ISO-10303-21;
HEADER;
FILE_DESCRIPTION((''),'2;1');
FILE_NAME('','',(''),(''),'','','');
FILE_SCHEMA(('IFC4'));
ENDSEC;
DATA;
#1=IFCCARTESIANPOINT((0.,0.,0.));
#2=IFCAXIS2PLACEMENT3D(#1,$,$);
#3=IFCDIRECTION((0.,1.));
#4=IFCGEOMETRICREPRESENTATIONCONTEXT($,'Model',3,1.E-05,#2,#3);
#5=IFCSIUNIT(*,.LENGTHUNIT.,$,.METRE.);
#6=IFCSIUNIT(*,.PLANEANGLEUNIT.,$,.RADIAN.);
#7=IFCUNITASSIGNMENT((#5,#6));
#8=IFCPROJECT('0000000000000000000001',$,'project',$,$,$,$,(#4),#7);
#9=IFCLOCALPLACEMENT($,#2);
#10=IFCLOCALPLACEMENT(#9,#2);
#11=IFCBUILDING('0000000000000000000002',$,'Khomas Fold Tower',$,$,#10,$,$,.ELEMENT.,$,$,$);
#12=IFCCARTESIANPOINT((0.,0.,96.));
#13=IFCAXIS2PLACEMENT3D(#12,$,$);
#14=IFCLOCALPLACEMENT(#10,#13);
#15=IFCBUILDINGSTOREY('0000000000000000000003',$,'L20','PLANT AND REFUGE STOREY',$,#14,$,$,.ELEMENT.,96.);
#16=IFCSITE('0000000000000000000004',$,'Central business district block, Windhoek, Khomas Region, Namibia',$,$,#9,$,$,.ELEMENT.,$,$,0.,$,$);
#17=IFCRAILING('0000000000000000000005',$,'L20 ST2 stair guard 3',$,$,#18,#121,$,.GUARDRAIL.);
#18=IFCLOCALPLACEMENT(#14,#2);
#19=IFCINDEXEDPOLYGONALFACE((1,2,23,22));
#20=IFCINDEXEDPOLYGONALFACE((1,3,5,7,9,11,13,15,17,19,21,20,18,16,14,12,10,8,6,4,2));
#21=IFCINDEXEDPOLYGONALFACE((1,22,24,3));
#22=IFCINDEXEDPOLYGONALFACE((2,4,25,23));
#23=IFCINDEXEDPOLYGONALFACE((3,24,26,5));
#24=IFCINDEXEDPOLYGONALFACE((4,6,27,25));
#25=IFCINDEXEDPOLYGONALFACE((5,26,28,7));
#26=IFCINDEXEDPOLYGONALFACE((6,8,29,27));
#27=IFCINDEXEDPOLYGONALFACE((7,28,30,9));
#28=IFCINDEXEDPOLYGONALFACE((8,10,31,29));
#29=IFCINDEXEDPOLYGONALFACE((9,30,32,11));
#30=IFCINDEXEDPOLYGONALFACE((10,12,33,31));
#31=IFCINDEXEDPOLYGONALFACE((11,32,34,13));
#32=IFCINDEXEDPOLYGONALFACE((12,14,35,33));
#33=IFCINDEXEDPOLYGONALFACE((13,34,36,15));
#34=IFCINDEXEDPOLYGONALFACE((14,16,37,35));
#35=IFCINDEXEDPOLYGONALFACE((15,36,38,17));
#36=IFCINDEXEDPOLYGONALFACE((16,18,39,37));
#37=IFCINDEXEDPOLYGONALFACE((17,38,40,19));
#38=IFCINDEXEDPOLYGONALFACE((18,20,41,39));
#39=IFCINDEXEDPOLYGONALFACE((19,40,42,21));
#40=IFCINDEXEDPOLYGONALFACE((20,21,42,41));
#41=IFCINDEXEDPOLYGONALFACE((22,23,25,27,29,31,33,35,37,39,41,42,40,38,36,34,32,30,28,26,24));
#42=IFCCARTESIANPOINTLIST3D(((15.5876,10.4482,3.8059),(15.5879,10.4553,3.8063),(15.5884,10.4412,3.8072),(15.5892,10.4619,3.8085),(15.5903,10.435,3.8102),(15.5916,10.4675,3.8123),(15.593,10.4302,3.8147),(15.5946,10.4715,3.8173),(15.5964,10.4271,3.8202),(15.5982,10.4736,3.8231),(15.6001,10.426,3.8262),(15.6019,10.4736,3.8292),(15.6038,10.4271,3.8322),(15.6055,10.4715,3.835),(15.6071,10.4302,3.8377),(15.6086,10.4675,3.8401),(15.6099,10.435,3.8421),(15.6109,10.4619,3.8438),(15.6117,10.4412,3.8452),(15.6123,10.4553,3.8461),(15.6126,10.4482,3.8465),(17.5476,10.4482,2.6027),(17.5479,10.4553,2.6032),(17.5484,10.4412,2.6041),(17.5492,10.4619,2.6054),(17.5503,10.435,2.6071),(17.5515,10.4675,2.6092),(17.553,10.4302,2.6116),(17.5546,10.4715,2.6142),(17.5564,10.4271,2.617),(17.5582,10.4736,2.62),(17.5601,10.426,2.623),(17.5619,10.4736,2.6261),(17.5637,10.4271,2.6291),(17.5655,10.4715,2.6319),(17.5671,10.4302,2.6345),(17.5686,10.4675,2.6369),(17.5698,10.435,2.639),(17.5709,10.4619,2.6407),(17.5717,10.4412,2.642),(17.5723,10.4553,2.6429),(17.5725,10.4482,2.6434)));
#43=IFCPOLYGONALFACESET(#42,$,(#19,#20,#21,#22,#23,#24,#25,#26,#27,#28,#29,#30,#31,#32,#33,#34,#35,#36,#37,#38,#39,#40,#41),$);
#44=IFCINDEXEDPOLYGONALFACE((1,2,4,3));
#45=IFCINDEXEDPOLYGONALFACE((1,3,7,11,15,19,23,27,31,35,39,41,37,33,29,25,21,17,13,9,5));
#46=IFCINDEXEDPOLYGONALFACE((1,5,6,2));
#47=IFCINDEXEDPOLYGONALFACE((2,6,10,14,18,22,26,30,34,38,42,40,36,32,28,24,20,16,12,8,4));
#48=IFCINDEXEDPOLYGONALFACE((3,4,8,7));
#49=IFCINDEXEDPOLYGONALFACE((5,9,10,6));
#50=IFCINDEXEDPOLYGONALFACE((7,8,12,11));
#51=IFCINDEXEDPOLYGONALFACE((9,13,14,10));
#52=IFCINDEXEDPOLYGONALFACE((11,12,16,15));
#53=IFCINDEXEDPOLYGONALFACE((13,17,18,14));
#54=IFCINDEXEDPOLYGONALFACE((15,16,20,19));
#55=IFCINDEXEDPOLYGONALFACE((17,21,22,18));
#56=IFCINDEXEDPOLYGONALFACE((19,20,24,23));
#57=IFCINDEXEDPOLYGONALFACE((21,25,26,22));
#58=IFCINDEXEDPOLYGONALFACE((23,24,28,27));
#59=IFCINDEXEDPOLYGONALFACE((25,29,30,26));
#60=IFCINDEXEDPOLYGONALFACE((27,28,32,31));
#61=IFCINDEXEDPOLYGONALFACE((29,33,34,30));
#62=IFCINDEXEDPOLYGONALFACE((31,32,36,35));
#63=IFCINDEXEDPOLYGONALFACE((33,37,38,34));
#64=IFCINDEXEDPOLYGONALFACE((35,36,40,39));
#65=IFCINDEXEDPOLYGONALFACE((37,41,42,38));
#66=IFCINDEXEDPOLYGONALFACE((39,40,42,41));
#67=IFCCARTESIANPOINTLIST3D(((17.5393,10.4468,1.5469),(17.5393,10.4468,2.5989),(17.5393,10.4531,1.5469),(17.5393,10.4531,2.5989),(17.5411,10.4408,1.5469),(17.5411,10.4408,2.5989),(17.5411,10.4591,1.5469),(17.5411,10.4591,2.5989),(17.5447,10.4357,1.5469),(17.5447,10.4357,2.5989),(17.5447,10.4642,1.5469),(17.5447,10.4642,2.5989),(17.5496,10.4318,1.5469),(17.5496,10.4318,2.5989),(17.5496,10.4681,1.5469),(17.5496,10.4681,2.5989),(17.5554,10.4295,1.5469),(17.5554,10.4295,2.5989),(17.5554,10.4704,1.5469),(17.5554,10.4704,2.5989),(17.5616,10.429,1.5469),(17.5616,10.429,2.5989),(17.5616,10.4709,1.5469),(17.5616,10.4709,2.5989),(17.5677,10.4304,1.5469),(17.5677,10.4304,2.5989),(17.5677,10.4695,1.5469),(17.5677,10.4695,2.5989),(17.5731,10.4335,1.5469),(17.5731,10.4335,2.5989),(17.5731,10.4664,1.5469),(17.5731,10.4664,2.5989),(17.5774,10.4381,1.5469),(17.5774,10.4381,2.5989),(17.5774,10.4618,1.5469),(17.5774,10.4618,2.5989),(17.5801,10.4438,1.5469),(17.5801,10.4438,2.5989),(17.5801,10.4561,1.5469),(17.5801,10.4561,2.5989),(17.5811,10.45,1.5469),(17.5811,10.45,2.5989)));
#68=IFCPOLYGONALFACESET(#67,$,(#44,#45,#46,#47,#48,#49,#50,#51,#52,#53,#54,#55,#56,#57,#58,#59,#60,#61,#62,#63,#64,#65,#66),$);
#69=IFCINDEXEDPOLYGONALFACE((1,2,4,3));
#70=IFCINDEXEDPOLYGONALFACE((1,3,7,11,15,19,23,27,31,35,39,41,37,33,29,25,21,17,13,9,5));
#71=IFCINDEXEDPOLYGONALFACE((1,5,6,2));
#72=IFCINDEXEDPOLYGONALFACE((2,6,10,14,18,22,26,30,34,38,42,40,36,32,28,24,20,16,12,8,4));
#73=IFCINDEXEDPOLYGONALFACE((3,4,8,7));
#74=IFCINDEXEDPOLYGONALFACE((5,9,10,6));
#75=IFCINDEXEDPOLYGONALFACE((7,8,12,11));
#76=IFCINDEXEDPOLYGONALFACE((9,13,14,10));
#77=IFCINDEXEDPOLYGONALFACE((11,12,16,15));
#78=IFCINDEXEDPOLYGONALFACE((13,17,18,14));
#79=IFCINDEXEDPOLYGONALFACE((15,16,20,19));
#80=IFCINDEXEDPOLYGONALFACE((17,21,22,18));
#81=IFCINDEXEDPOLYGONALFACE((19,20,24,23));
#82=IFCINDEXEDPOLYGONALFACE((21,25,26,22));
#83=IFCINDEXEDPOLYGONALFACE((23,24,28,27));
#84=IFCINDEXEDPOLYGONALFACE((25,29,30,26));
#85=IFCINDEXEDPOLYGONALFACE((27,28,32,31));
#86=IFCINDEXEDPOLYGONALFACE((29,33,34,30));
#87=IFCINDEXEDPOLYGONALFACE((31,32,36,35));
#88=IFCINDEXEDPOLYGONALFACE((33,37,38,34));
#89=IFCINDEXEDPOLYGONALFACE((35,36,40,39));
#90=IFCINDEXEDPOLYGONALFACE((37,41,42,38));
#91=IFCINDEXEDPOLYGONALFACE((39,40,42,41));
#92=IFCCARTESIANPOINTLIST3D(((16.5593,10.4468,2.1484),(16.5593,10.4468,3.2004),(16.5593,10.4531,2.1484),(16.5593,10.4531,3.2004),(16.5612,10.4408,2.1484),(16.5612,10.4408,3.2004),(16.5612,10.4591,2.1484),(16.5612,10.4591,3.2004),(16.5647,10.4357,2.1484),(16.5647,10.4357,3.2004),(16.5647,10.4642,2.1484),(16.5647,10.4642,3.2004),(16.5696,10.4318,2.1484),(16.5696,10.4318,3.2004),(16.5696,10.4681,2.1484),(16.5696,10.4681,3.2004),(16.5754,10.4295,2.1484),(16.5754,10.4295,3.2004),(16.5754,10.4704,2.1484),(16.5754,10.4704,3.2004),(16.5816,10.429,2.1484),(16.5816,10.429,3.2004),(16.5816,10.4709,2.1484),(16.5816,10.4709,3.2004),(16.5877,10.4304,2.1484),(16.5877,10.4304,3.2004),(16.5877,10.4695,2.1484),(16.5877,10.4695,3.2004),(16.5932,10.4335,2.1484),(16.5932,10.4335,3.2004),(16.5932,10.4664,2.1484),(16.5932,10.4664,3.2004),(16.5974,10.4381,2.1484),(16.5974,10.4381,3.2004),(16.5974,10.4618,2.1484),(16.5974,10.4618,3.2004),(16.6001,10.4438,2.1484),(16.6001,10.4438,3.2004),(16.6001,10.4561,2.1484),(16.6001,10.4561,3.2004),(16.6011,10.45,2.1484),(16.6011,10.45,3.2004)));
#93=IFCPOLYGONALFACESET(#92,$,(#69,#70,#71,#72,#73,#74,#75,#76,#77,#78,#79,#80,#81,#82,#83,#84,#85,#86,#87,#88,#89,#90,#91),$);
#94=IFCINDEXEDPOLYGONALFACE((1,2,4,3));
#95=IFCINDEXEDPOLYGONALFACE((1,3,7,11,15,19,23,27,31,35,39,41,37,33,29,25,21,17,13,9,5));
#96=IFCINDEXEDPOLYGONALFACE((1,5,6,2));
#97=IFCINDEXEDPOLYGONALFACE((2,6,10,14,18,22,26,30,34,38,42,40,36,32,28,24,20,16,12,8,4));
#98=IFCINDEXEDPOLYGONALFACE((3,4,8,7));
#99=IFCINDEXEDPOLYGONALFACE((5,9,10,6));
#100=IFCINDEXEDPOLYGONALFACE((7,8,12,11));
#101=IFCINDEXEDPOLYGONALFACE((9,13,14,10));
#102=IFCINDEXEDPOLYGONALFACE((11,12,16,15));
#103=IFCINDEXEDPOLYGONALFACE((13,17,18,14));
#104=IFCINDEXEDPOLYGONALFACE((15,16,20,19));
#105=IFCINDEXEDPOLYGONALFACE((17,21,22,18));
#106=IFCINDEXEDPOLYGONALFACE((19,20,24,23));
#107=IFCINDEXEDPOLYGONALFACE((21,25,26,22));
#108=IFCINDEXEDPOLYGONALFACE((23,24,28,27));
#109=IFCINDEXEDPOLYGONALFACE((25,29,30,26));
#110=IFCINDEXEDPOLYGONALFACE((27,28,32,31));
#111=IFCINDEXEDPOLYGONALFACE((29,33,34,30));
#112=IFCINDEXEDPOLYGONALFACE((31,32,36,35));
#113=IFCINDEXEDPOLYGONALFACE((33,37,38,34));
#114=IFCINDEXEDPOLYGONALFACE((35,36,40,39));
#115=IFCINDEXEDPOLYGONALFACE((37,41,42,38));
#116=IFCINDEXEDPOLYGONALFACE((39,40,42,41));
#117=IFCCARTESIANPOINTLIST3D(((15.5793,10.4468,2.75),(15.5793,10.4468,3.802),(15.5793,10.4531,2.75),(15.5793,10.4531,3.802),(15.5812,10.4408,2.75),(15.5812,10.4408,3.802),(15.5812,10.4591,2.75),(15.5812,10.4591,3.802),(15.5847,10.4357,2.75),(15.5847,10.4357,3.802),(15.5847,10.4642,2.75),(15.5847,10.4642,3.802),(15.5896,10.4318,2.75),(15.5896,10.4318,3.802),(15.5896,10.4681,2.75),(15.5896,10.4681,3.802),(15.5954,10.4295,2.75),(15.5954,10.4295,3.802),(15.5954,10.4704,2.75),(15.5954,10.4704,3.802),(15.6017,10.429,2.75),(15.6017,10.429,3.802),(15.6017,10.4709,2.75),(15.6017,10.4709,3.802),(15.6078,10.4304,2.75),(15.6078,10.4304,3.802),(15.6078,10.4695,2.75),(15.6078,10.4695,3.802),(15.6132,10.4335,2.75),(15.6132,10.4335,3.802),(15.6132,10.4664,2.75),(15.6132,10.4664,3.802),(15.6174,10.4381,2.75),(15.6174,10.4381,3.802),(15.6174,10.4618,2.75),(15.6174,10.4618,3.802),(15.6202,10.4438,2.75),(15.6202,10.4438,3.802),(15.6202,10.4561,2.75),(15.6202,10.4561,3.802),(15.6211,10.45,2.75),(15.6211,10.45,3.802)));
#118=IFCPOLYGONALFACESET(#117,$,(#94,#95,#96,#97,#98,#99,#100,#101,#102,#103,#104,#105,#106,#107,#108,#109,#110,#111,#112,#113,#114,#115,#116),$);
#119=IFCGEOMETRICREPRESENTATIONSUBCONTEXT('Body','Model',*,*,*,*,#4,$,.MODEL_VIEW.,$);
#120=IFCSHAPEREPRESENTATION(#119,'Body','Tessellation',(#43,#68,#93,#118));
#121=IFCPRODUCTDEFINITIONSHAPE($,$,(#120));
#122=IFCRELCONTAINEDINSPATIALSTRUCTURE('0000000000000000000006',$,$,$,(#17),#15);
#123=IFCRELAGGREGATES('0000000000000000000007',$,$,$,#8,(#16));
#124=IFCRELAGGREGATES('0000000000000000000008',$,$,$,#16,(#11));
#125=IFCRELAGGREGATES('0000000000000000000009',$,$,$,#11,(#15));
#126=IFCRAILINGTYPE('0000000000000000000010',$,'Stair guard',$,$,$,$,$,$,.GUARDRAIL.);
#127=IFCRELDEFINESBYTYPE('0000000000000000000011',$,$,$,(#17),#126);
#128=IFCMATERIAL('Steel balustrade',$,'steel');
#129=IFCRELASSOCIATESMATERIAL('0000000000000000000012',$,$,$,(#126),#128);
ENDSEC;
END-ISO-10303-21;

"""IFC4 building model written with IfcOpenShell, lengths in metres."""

from ifc_helpers import new_model, si_unit, direction, frame, origin, origin_2d, place, context, subcontext, project, spatial, circle, extrude, source, transform, mapped, material, type_object, element, save


model = new_model("IFC4")

# Units and contexts
model_context = context("Model", 3, precision=1e-05, world=origin(), true_north=direction((0.0, 1.0)))
body_context = subcontext(model_context, "Body", "Model", "MODEL_VIEW")
ifc_project = project(units=[si_unit("LENGTHUNIT", "METRE"), si_unit("PLANEANGLEUNIT", "RADIAN")], contexts=[model_context])

# Site, building, storey
site_placement = place(None, origin())
site = spatial("IfcSite", under=ifc_project, at=site_placement, Name="Central business district block, Windhoek, Khomas Region, Namibia", CompositionType="ELEMENT", RefElevation=0.0)
building_placement = place(site_placement, origin())
building = spatial("IfcBuilding", under=site, at=building_placement, Name="Khomas Fold Tower", CompositionType="ELEMENT")
storey_placement = place(building_placement, frame((0.0, 0.0, 96.0)))
storey = spatial("IfcBuildingStorey", under=building, at=storey_placement, Name="L20", Description="PLANT AND REFUGE STOREY", CompositionType="ELEMENT", Elevation=96.0)

# Railing
ifc_material_1 = material(Name="Steel balustrade", Category="steel")
railing_type_1 = type_object("IfcRailingType", Name="Stair guard", PredefinedType="GUARDRAIL", material=ifc_material_1)
shared_shape_1 = source(origin(), body_context, "Body", "SweptSolid", [
    extrude(circle(Radius=0.0239, at=origin_2d()), frame((0.0, 0.0, 1.0762), z_axis=(-0.852241, 0.0, 0.523149), x_axis=(0.0, -1.0, 0.0)), (0.0, 0.0, 1.0), 2.2998),
    extrude(circle(Radius=0.021, at=origin_2d()), origin(), (0.0, 0.0, 1.0), 1.052),
    extrude(circle(Radius=0.021, at=origin_2d()), frame((-0.98, 0.0, 0.6016)), (0.0, 0.0, 1.0), 1.052),
    extrude(circle(Radius=0.021, at=origin_2d()), frame((-1.96, 0.0, 1.2031)), (0.0, 0.0, 1.0), 1.052),
])
for number, where, name in (
    (1, (17.5601, 10.45, 1.5469), "L20 ST2 stair guard 3"),
):
    element("IfcRailing", number, at=place(storey_placement, frame(where)), inside=storey, type_object=railing_type_1, Name=name, PredefinedType="GUARDRAIL", context=body_context, shape_type="MappedRepresentation", body=[
        mapped(shared_shape_1, transform((0.0, 0.0, 0.0))),
    ])

save(model, "model.ifc")
